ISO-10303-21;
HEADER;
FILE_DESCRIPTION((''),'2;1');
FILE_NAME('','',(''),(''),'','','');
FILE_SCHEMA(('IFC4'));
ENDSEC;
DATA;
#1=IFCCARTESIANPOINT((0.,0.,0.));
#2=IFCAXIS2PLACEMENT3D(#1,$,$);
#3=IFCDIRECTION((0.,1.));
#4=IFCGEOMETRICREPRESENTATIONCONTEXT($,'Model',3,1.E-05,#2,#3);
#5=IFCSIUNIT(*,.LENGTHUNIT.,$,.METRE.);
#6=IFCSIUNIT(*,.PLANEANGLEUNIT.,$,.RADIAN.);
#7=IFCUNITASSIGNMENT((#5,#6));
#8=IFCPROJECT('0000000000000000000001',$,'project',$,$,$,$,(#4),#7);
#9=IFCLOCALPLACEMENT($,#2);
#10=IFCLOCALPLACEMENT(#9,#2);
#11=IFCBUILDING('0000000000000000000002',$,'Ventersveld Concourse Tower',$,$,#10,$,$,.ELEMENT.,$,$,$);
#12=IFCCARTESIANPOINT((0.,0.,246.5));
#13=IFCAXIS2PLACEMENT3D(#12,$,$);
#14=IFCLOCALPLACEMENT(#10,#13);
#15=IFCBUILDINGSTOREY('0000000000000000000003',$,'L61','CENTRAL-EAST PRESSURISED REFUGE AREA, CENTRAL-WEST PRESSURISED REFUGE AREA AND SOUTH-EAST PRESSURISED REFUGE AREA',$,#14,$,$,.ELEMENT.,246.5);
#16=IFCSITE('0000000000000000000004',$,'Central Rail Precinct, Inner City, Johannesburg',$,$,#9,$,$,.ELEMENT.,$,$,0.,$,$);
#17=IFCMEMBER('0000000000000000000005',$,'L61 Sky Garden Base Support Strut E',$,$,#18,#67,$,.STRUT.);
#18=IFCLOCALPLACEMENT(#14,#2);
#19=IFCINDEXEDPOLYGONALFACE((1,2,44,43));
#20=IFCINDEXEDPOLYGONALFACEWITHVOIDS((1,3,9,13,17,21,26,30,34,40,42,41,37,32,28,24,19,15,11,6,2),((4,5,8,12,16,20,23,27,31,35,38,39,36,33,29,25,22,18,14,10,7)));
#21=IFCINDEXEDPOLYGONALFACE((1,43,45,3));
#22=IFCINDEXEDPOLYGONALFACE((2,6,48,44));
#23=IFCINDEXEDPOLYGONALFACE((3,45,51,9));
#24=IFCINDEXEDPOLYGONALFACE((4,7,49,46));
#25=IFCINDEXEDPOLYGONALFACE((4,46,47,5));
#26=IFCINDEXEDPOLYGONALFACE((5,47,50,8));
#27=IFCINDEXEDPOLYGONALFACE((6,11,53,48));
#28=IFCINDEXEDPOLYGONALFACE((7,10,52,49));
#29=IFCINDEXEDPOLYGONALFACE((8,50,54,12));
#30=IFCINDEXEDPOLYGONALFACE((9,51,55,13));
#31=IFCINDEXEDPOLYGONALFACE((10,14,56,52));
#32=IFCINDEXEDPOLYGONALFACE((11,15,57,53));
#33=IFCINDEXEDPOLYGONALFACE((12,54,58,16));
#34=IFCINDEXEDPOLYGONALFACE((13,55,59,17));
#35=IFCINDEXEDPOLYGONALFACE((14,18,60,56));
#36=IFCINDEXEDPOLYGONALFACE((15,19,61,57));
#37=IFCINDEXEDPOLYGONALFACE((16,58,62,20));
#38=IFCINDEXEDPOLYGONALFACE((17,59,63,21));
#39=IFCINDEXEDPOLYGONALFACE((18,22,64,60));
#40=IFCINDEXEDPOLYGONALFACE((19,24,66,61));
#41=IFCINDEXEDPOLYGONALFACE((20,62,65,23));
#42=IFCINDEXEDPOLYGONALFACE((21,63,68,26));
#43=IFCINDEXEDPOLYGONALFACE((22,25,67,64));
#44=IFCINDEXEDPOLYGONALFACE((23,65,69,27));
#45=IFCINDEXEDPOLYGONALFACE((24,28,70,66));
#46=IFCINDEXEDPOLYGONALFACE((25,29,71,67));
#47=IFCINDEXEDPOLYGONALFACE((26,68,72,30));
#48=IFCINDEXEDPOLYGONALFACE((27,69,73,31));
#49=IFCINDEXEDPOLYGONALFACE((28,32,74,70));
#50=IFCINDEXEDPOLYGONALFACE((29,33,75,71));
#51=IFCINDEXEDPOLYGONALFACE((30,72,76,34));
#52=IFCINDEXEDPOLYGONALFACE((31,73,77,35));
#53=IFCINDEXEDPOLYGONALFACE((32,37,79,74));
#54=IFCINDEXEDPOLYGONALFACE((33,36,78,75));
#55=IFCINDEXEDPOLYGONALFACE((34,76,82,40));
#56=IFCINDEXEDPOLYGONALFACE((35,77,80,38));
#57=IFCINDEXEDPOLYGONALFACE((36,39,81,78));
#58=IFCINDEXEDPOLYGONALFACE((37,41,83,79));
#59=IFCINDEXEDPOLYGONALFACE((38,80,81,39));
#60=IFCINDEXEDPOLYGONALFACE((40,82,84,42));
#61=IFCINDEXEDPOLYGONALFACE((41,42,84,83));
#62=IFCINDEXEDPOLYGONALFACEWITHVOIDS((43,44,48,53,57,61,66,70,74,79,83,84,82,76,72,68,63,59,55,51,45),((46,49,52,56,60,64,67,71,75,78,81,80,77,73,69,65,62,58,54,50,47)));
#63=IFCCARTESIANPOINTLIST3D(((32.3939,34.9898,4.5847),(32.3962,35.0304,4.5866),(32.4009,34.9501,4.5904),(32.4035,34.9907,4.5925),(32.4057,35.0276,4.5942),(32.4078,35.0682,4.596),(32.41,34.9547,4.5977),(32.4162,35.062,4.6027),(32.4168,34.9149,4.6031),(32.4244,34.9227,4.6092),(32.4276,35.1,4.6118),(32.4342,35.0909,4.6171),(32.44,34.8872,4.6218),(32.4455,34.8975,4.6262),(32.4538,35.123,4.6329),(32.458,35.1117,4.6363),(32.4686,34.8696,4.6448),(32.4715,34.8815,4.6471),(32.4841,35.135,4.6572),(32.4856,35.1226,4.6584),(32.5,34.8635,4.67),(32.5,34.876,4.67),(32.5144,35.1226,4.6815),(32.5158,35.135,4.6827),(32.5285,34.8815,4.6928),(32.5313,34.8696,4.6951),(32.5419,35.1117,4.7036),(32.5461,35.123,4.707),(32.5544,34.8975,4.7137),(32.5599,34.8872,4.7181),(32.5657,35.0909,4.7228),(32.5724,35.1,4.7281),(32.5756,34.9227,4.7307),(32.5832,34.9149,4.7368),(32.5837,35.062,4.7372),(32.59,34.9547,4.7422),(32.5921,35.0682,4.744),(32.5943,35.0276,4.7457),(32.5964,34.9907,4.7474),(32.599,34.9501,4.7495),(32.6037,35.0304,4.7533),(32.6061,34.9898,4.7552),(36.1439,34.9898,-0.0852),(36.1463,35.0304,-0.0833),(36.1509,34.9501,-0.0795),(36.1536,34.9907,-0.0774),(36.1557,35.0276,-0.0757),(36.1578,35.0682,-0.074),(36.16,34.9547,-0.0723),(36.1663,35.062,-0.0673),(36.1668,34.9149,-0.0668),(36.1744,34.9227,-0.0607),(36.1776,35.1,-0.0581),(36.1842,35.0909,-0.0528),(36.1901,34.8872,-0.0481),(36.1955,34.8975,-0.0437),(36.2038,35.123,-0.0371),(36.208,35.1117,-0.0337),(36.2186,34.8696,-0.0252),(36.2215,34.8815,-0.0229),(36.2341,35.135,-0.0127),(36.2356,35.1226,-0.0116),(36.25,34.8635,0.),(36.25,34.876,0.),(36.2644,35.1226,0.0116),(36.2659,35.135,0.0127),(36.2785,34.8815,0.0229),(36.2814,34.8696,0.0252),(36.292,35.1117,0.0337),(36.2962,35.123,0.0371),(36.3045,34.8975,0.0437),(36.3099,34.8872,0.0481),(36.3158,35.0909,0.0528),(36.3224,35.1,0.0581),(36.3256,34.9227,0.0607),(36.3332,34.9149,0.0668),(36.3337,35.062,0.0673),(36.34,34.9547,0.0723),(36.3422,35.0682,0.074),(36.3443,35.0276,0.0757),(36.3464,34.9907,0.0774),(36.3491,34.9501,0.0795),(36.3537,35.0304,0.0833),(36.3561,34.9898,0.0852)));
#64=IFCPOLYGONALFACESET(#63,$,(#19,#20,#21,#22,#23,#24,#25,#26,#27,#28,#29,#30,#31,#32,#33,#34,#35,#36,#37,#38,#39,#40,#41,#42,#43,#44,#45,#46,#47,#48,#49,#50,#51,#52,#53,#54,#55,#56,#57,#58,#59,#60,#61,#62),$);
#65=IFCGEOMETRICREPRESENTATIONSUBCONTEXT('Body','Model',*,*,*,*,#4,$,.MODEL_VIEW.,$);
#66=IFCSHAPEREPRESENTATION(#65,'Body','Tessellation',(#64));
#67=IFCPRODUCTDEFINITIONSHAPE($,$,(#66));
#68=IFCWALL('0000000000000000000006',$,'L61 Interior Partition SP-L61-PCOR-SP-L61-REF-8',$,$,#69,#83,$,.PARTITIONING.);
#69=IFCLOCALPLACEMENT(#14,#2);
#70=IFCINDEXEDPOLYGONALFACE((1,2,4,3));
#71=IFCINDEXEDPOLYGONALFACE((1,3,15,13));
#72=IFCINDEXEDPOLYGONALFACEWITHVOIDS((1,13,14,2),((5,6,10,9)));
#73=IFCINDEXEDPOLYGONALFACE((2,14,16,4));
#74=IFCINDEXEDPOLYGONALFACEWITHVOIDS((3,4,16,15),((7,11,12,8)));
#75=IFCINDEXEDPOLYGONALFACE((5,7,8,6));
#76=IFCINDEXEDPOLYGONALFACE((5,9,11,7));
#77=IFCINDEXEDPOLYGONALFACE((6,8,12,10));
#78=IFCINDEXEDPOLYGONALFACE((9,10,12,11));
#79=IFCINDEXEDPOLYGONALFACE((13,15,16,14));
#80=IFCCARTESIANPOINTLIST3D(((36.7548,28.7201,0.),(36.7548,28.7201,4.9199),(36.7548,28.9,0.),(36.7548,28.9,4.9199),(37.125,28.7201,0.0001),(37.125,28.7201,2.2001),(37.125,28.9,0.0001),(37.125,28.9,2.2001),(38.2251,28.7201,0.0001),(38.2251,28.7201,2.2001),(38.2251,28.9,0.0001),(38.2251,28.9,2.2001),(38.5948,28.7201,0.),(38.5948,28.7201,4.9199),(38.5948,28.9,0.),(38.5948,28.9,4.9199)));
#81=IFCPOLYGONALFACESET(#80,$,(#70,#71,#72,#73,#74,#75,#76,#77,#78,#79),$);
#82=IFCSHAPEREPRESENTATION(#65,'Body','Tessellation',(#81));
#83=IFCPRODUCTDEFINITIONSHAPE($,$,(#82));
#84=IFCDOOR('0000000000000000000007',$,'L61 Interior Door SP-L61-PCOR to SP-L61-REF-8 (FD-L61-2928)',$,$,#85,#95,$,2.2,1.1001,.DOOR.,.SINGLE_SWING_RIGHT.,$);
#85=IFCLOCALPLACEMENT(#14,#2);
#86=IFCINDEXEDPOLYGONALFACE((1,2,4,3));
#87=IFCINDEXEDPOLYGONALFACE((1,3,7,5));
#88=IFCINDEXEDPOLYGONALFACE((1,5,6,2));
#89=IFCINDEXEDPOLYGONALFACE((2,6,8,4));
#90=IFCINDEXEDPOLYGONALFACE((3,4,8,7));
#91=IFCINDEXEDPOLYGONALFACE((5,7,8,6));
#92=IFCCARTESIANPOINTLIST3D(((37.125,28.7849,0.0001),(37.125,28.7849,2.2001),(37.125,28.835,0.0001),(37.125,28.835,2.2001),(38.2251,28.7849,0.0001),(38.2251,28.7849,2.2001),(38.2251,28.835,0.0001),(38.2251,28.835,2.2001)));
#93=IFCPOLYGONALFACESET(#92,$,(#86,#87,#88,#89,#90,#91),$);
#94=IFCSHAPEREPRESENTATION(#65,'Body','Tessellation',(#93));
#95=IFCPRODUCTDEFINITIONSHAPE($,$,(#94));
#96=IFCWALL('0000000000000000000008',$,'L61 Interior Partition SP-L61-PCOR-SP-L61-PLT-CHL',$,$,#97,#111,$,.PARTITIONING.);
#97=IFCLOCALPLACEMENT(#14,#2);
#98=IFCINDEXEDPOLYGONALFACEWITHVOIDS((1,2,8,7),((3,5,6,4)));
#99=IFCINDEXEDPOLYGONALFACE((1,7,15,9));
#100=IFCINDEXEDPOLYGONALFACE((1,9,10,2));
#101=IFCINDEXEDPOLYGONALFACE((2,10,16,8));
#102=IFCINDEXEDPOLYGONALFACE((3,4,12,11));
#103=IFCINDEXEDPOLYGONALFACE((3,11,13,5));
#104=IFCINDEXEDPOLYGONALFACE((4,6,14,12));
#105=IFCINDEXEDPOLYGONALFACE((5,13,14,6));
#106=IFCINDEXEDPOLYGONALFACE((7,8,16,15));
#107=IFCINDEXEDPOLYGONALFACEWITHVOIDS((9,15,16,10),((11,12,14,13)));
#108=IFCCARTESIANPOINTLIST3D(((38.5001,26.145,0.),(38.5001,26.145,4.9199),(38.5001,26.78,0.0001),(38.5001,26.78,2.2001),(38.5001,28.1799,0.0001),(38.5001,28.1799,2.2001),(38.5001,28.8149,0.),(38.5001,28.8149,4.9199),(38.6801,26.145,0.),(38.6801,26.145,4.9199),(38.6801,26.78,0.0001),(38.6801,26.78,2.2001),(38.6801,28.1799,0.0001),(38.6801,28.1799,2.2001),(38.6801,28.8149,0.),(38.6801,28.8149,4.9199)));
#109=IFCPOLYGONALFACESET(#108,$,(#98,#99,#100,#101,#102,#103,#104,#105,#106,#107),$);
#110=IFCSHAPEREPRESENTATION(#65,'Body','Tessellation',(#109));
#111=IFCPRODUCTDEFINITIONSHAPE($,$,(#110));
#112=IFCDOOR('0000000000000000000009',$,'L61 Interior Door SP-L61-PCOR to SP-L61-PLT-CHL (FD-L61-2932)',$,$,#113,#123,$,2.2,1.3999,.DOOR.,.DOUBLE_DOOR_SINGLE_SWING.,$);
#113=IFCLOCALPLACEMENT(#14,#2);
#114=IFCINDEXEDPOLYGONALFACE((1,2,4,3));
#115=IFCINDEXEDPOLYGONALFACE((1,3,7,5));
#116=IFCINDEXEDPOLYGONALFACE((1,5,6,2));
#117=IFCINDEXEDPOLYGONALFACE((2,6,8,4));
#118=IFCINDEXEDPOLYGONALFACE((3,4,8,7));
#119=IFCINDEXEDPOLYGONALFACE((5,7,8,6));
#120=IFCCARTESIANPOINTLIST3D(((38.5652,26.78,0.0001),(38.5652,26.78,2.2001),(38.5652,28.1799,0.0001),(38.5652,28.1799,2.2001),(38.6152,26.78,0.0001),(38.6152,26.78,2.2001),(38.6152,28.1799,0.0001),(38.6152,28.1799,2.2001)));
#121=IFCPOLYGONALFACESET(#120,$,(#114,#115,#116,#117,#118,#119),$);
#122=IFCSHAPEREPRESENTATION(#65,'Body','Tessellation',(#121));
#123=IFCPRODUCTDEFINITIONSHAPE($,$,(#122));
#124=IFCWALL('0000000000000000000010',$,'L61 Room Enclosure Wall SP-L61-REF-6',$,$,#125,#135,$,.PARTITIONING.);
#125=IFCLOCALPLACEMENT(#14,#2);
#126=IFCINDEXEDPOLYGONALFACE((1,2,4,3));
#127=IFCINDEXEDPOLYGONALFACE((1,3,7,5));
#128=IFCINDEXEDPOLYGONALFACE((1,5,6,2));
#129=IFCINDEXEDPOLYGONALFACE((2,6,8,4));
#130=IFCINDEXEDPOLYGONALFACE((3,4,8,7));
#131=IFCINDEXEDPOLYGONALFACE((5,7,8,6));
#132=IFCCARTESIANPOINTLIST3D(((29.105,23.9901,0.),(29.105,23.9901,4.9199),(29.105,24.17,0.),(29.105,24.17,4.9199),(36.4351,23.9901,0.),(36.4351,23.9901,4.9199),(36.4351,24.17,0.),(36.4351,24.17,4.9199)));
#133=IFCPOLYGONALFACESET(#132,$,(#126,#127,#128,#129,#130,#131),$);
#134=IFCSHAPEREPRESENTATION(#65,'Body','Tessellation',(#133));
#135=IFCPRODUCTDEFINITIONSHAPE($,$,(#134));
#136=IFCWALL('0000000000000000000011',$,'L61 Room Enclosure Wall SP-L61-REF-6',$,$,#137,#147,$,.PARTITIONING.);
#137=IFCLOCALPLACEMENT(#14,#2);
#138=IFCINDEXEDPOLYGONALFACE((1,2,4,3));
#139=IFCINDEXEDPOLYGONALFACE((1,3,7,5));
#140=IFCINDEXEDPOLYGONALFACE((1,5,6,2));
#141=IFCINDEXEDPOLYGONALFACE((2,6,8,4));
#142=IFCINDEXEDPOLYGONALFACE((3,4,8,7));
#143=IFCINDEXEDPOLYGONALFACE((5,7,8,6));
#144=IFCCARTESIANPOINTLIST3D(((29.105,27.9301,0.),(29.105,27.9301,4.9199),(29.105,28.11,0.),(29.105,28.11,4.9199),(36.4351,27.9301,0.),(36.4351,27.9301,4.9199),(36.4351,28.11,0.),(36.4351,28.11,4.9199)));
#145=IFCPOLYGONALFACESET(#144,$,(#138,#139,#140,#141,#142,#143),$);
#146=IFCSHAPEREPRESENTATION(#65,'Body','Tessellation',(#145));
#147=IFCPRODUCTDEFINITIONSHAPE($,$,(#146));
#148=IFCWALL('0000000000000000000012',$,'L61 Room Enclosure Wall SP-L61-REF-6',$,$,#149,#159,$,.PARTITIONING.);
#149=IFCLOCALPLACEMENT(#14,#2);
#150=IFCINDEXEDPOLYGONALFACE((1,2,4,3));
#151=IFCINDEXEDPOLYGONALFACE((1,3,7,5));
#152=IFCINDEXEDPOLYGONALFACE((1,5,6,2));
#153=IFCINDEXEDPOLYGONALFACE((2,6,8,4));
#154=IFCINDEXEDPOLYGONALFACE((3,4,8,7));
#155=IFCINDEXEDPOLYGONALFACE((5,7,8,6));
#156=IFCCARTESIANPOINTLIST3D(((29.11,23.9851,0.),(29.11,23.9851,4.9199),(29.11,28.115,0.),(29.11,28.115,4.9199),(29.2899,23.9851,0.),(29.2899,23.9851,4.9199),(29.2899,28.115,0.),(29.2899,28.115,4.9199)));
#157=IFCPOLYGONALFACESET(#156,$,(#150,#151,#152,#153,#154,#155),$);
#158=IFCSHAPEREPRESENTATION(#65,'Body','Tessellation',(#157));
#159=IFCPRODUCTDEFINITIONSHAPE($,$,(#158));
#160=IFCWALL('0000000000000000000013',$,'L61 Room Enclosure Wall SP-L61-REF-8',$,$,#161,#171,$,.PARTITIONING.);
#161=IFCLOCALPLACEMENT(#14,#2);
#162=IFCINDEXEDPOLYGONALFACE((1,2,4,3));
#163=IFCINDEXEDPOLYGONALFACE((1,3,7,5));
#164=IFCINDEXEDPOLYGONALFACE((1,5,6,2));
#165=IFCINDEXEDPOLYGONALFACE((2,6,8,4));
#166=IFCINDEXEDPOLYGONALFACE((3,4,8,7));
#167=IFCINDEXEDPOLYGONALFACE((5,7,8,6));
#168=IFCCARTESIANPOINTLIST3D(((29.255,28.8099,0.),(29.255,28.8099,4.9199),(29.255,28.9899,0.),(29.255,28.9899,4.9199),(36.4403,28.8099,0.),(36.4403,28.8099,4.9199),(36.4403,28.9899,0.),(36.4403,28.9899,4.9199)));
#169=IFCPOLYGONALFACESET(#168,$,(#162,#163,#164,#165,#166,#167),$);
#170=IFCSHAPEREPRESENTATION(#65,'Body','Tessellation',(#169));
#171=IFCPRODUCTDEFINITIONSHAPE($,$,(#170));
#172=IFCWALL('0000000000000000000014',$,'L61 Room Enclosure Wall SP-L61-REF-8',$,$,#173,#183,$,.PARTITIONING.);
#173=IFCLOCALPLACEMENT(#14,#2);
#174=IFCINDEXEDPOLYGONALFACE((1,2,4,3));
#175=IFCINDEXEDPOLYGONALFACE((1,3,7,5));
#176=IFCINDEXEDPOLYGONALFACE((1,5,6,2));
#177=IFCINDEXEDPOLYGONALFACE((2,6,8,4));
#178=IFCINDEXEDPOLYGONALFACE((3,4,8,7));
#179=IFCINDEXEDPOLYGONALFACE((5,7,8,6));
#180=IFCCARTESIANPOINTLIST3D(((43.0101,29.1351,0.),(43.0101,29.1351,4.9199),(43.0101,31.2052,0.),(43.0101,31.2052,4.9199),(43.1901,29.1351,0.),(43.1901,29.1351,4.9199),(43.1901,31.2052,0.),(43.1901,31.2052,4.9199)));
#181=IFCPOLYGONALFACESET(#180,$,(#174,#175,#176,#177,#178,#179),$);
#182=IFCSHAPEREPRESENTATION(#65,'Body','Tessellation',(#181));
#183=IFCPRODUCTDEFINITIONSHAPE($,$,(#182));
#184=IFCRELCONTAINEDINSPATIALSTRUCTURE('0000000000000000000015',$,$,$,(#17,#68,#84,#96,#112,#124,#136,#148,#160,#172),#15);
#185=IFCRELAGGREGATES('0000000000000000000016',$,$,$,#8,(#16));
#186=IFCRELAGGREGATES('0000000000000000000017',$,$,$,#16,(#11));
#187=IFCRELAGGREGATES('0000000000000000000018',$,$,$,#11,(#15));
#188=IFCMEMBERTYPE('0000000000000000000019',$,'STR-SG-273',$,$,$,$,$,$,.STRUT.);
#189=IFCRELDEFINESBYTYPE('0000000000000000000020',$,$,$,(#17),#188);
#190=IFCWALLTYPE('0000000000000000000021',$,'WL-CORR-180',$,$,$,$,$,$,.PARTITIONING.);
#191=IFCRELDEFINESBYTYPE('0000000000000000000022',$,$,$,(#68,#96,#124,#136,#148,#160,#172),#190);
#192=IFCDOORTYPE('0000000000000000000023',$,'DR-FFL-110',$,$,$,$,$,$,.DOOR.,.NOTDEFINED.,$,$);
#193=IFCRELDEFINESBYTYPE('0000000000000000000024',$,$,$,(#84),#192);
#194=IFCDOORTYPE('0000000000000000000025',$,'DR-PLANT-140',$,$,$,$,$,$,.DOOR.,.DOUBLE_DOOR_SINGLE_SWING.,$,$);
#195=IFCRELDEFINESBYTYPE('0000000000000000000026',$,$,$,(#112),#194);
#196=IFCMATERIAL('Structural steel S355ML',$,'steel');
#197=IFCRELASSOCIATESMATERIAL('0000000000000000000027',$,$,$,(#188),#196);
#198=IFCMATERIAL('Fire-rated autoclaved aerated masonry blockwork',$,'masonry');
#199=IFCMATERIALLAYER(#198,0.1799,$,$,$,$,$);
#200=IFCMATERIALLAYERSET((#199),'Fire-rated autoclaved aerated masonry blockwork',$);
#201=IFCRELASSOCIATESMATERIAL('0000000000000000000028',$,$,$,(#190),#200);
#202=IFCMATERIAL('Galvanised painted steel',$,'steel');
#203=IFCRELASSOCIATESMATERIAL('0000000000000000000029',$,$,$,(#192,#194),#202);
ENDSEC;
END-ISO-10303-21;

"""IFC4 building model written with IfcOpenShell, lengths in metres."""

from ifc_helpers import new_model, si_unit, direction, frame, frame_2d, origin, origin_2d, place, context, subcontext, project, spatial, rectangle, hollow_circle, extrude, material, layer, layer_set, material_profile, profile_set, type_object, element, fill, save


model = new_model("IFC4")

# Units and contexts
model_context = context("Model", 3, precision=1e-05, world=origin(), true_north=direction((0.0, 1.0)))
body_context = subcontext(model_context, "Body", "Model", "MODEL_VIEW")
ifc_project = project(units=[si_unit("LENGTHUNIT", "METRE"), si_unit("PLANEANGLEUNIT", "RADIAN")], contexts=[model_context])

# Site, building, storey
site_placement = place(None, origin())
site = spatial("IfcSite", under=ifc_project, at=site_placement, Name="Central Rail Precinct, Inner City, Johannesburg", CompositionType="ELEMENT", RefElevation=0.0)
building_placement = place(site_placement, origin())
building = spatial("IfcBuilding", under=site, at=building_placement, Name="Ventersveld Concourse Tower", CompositionType="ELEMENT")
storey_placement = place(building_placement, frame((0.0, 0.0, 246.5)))
storey = spatial("IfcBuildingStorey", under=building, at=storey_placement, Name="L61", Description="CENTRAL-EAST PRESSURISED REFUGE AREA, CENTRAL-WEST PRESSURISED REFUGE AREA AND SOUTH-EAST PRESSURISED REFUGE AREA", CompositionType="ELEMENT", Elevation=246.5)

# Shared definitions
ifc_material_1 = material(Name="Structural steel S355ML", Category="steel")

# Member
ifc_material_profile_1 = material_profile(ifc_material_1, hollow_circle(Radius=0.1365, WallThickness=0.0125, at=origin_2d()), Name="CHS 273x12.5")
ifc_profile_set_1 = profile_set([ifc_material_profile_1], Name="Structural steel S355ML")
member_type_1 = type_object("IfcMemberType", Name="STR-SG-273", PredefinedType="STRUT", material=ifc_profile_set_1)
member_1_placement = place(storey_placement, frame((36.25, 35.0, 0.0), z_axis=(-0.626126, 0.0, 0.779722), x_axis=(0.0, -1.0, 0.0)))
element("IfcMember", 1, at=member_1_placement, inside=storey, type_object=member_type_1, Name="L61 Sky Garden Base Support Strut E", PredefinedType="STRUT", context=body_context, shape_type="SweptSolid", body=[
    extrude(hollow_circle(Radius=0.1365, WallThickness=0.0125, at=origin_2d()), origin(), (0.0, 0.0, 1.0), 5.9893),
])

# Walls, openings, doors
ifc_material_2 = material(Name="Fire-rated autoclaved aerated masonry blockwork", Category="masonry")
ifc_layer_1 = layer(ifc_material_2, 0.1799)
ifc_layer_set_1 = layer_set([ifc_layer_1], Name="Fire-rated autoclaved aerated masonry blockwork")
wall_type_1 = type_object("IfcWallType", Name="WL-CORR-180", PredefinedType="PARTITIONING", material=ifc_layer_set_1)
wall_1_placement = place(storey_placement, frame((36.7549, 28.8101, 0.0), z_axis=(0.0, 0.0, 1.0), x_axis=(1.0, 0.0, 0.0)))
wall_1 = element("IfcWall", 2, at=wall_1_placement, inside=storey, type_object=wall_type_1, Name="L61 Interior Partition SP-L61-PCOR-SP-L61-REF-8", PredefinedType="PARTITIONING", context=body_context, shape_type="SweptSolid", body=[
    extrude(rectangle(XDim=1.8401, YDim=0.1799, at=frame_2d((0.9199, 0.0))), origin(), (0.0, 0.0, 1.0), 4.9199),
])
opening_1_placement = place(wall_1_placement, frame((0.3701, 0.0, 0.0)))
opening_1 = element("IfcOpeningElement", 3, at=opening_1_placement, cuts=wall_1, PredefinedType="OPENING", context=body_context, shape_type="SweptSolid", body=[
    extrude(rectangle(XDim=1.1001, YDim=2.2, at=frame_2d((0.55, 1.1001))), frame((0.0, 0.1001, 0.0), z_axis=(0.0, -1.0, 0.0), x_axis=(1.0, 0.0, 0.0)), (0.0, 0.0, 1.0), 0.2),
])
ifc_material_3 = material(Name="Galvanised painted steel", Category="steel")
door_type_1 = type_object("IfcDoorType", Name="DR-FFL-110", OperationType="NOTDEFINED", PredefinedType="DOOR", material=ifc_material_3)
door_1_placement = place(opening_1_placement, origin())
door_1 = element("IfcDoor", 4, at=door_1_placement, inside=storey, type_object=door_type_1, Name="L61 Interior Door SP-L61-PCOR to SP-L61-REF-8 (FD-L61-2928)", OperationType="SINGLE_SWING_RIGHT", OverallHeight=2.2, OverallWidth=1.1001, PredefinedType="DOOR", context=body_context, shape_type="SweptSolid", body=[
    extrude(rectangle(XDim=1.1001, YDim=2.2, at=frame_2d((0.55, 1.1001))), frame((0.0, 0.0249, 0.0), z_axis=(0.0, -1.0, 0.0), x_axis=(1.0, 0.0, 0.0)), (0.0, 0.0, 1.0), 0.05),
])
fill(opening_1, door_1)
wall_2_placement = place(storey_placement, frame((38.5901, 26.145, 0.0), z_axis=(0.0, 0.0, 1.0), x_axis=(0.0, 1.0, 0.0)))
wall_2 = element("IfcWall", 5, at=wall_2_placement, inside=storey, type_object=wall_type_1, Name="L61 Interior Partition SP-L61-PCOR-SP-L61-PLT-CHL", PredefinedType="PARTITIONING", context=body_context, shape_type="SweptSolid", body=[
    extrude(rectangle(XDim=2.6699, YDim=0.1799, at=frame_2d((1.335, 0.0))), origin(), (0.0, 0.0, 1.0), 4.9199),
])
opening_2_placement = place(wall_2_placement, frame((0.635, 0.0, 0.0)))
opening_2 = element("IfcOpeningElement", 6, at=opening_2_placement, cuts=wall_2, PredefinedType="OPENING", context=body_context, shape_type="SweptSolid", body=[
    extrude(rectangle(XDim=1.3999, YDim=2.2, at=frame_2d((0.7, 1.1001))), frame((0.0, 0.1001, 0.0), z_axis=(0.0, -1.0, 0.0), x_axis=(1.0, 0.0, 0.0)), (0.0, 0.0, 1.0), 0.2),
])
door_type_2 = type_object("IfcDoorType", Name="DR-PLANT-140", OperationType="DOUBLE_DOOR_SINGLE_SWING", PredefinedType="DOOR", material=ifc_material_3)
door_2_placement = place(opening_2_placement, origin())
door_2 = element("IfcDoor", 7, at=door_2_placement, inside=storey, type_object=door_type_2, Name="L61 Interior Door SP-L61-PCOR to SP-L61-PLT-CHL (FD-L61-2932)", OperationType="DOUBLE_DOOR_SINGLE_SWING", OverallHeight=2.2, OverallWidth=1.3999, PredefinedType="DOOR", context=body_context, shape_type="SweptSolid", body=[
    extrude(rectangle(XDim=1.3999, YDim=2.2, at=frame_2d((0.7, 1.1001))), frame((0.0, 0.0249, 0.0), z_axis=(0.0, -1.0, 0.0), x_axis=(1.0, 0.0, 0.0)), (0.0, 0.0, 1.0), 0.05),
])
fill(opening_2, door_2)

# Walls
for number, where, z_axis, x_axis, name in (
    (8, (29.105, 24.0801, 0.0), (0.0, 0.0, 1.0), (1.0, 0.0, 0.0), "L61 Room Enclosure Wall SP-L61-REF-6"),
    (9, (36.4351, 28.02, 0.0), (0.0, 0.0, 1.0), (-1.0, 0.0, 0.0), "L61 Room Enclosure Wall SP-L61-REF-6"),
):
    element("IfcWall", number, at=place(storey_placement, frame(where, z_axis=z_axis, x_axis=x_axis)), inside=storey, type_object=wall_type_1, Name=name, PredefinedType="PARTITIONING", context=body_context, shape_type="SweptSolid", body=[
        extrude(rectangle(XDim=7.3301, YDim=0.1799, at=frame_2d((3.665, 0.0))), origin(), (0.0, 0.0, 1.0), 4.9199),
    ])
wall_3_placement = place(storey_placement, frame((29.2, 28.115, 0.0), z_axis=(0.0, 0.0, 1.0), x_axis=(0.0, -1.0, 0.0)))
element("IfcWall", 10, at=wall_3_placement, inside=storey, type_object=wall_type_1, Name="L61 Room Enclosure Wall SP-L61-REF-6", PredefinedType="PARTITIONING", context=body_context, shape_type="SweptSolid", body=[
    extrude(rectangle(XDim=4.1299, YDim=0.1799, at=frame_2d((2.0649, 0.0))), origin(), (0.0, 0.0, 1.0), 4.9199),
])
wall_4_placement = place(storey_placement, frame((29.2549, 28.8999, 0.0), z_axis=(0.0, 0.0, 1.0), x_axis=(1.0, 0.0, 0.0)))
element("IfcWall", 11, at=wall_4_placement, inside=storey, type_object=wall_type_1, Name="L61 Room Enclosure Wall SP-L61-REF-8", PredefinedType="PARTITIONING", context=body_context, shape_type="SweptSolid", body=[
    extrude(rectangle(XDim=7.1853, YDim=0.1799, at=frame_2d((3.5928, 0.0))), origin(), (0.0, 0.0, 1.0), 4.9199),
])
wall_5_placement = place(storey_placement, frame((43.1001, 29.135, 0.0), z_axis=(0.0, 0.0, 1.0), x_axis=(0.0, 1.0, 0.0)))
element("IfcWall", 12, at=wall_5_placement, inside=storey, type_object=wall_type_1, Name="L61 Room Enclosure Wall SP-L61-REF-8", PredefinedType="PARTITIONING", context=body_context, shape_type="SweptSolid", body=[
    extrude(rectangle(XDim=2.0701, YDim=0.1799, at=frame_2d((1.0352, 0.0))), origin(), (0.0, 0.0, 1.0), 4.9199),
])

save(model, "model.ifc")
